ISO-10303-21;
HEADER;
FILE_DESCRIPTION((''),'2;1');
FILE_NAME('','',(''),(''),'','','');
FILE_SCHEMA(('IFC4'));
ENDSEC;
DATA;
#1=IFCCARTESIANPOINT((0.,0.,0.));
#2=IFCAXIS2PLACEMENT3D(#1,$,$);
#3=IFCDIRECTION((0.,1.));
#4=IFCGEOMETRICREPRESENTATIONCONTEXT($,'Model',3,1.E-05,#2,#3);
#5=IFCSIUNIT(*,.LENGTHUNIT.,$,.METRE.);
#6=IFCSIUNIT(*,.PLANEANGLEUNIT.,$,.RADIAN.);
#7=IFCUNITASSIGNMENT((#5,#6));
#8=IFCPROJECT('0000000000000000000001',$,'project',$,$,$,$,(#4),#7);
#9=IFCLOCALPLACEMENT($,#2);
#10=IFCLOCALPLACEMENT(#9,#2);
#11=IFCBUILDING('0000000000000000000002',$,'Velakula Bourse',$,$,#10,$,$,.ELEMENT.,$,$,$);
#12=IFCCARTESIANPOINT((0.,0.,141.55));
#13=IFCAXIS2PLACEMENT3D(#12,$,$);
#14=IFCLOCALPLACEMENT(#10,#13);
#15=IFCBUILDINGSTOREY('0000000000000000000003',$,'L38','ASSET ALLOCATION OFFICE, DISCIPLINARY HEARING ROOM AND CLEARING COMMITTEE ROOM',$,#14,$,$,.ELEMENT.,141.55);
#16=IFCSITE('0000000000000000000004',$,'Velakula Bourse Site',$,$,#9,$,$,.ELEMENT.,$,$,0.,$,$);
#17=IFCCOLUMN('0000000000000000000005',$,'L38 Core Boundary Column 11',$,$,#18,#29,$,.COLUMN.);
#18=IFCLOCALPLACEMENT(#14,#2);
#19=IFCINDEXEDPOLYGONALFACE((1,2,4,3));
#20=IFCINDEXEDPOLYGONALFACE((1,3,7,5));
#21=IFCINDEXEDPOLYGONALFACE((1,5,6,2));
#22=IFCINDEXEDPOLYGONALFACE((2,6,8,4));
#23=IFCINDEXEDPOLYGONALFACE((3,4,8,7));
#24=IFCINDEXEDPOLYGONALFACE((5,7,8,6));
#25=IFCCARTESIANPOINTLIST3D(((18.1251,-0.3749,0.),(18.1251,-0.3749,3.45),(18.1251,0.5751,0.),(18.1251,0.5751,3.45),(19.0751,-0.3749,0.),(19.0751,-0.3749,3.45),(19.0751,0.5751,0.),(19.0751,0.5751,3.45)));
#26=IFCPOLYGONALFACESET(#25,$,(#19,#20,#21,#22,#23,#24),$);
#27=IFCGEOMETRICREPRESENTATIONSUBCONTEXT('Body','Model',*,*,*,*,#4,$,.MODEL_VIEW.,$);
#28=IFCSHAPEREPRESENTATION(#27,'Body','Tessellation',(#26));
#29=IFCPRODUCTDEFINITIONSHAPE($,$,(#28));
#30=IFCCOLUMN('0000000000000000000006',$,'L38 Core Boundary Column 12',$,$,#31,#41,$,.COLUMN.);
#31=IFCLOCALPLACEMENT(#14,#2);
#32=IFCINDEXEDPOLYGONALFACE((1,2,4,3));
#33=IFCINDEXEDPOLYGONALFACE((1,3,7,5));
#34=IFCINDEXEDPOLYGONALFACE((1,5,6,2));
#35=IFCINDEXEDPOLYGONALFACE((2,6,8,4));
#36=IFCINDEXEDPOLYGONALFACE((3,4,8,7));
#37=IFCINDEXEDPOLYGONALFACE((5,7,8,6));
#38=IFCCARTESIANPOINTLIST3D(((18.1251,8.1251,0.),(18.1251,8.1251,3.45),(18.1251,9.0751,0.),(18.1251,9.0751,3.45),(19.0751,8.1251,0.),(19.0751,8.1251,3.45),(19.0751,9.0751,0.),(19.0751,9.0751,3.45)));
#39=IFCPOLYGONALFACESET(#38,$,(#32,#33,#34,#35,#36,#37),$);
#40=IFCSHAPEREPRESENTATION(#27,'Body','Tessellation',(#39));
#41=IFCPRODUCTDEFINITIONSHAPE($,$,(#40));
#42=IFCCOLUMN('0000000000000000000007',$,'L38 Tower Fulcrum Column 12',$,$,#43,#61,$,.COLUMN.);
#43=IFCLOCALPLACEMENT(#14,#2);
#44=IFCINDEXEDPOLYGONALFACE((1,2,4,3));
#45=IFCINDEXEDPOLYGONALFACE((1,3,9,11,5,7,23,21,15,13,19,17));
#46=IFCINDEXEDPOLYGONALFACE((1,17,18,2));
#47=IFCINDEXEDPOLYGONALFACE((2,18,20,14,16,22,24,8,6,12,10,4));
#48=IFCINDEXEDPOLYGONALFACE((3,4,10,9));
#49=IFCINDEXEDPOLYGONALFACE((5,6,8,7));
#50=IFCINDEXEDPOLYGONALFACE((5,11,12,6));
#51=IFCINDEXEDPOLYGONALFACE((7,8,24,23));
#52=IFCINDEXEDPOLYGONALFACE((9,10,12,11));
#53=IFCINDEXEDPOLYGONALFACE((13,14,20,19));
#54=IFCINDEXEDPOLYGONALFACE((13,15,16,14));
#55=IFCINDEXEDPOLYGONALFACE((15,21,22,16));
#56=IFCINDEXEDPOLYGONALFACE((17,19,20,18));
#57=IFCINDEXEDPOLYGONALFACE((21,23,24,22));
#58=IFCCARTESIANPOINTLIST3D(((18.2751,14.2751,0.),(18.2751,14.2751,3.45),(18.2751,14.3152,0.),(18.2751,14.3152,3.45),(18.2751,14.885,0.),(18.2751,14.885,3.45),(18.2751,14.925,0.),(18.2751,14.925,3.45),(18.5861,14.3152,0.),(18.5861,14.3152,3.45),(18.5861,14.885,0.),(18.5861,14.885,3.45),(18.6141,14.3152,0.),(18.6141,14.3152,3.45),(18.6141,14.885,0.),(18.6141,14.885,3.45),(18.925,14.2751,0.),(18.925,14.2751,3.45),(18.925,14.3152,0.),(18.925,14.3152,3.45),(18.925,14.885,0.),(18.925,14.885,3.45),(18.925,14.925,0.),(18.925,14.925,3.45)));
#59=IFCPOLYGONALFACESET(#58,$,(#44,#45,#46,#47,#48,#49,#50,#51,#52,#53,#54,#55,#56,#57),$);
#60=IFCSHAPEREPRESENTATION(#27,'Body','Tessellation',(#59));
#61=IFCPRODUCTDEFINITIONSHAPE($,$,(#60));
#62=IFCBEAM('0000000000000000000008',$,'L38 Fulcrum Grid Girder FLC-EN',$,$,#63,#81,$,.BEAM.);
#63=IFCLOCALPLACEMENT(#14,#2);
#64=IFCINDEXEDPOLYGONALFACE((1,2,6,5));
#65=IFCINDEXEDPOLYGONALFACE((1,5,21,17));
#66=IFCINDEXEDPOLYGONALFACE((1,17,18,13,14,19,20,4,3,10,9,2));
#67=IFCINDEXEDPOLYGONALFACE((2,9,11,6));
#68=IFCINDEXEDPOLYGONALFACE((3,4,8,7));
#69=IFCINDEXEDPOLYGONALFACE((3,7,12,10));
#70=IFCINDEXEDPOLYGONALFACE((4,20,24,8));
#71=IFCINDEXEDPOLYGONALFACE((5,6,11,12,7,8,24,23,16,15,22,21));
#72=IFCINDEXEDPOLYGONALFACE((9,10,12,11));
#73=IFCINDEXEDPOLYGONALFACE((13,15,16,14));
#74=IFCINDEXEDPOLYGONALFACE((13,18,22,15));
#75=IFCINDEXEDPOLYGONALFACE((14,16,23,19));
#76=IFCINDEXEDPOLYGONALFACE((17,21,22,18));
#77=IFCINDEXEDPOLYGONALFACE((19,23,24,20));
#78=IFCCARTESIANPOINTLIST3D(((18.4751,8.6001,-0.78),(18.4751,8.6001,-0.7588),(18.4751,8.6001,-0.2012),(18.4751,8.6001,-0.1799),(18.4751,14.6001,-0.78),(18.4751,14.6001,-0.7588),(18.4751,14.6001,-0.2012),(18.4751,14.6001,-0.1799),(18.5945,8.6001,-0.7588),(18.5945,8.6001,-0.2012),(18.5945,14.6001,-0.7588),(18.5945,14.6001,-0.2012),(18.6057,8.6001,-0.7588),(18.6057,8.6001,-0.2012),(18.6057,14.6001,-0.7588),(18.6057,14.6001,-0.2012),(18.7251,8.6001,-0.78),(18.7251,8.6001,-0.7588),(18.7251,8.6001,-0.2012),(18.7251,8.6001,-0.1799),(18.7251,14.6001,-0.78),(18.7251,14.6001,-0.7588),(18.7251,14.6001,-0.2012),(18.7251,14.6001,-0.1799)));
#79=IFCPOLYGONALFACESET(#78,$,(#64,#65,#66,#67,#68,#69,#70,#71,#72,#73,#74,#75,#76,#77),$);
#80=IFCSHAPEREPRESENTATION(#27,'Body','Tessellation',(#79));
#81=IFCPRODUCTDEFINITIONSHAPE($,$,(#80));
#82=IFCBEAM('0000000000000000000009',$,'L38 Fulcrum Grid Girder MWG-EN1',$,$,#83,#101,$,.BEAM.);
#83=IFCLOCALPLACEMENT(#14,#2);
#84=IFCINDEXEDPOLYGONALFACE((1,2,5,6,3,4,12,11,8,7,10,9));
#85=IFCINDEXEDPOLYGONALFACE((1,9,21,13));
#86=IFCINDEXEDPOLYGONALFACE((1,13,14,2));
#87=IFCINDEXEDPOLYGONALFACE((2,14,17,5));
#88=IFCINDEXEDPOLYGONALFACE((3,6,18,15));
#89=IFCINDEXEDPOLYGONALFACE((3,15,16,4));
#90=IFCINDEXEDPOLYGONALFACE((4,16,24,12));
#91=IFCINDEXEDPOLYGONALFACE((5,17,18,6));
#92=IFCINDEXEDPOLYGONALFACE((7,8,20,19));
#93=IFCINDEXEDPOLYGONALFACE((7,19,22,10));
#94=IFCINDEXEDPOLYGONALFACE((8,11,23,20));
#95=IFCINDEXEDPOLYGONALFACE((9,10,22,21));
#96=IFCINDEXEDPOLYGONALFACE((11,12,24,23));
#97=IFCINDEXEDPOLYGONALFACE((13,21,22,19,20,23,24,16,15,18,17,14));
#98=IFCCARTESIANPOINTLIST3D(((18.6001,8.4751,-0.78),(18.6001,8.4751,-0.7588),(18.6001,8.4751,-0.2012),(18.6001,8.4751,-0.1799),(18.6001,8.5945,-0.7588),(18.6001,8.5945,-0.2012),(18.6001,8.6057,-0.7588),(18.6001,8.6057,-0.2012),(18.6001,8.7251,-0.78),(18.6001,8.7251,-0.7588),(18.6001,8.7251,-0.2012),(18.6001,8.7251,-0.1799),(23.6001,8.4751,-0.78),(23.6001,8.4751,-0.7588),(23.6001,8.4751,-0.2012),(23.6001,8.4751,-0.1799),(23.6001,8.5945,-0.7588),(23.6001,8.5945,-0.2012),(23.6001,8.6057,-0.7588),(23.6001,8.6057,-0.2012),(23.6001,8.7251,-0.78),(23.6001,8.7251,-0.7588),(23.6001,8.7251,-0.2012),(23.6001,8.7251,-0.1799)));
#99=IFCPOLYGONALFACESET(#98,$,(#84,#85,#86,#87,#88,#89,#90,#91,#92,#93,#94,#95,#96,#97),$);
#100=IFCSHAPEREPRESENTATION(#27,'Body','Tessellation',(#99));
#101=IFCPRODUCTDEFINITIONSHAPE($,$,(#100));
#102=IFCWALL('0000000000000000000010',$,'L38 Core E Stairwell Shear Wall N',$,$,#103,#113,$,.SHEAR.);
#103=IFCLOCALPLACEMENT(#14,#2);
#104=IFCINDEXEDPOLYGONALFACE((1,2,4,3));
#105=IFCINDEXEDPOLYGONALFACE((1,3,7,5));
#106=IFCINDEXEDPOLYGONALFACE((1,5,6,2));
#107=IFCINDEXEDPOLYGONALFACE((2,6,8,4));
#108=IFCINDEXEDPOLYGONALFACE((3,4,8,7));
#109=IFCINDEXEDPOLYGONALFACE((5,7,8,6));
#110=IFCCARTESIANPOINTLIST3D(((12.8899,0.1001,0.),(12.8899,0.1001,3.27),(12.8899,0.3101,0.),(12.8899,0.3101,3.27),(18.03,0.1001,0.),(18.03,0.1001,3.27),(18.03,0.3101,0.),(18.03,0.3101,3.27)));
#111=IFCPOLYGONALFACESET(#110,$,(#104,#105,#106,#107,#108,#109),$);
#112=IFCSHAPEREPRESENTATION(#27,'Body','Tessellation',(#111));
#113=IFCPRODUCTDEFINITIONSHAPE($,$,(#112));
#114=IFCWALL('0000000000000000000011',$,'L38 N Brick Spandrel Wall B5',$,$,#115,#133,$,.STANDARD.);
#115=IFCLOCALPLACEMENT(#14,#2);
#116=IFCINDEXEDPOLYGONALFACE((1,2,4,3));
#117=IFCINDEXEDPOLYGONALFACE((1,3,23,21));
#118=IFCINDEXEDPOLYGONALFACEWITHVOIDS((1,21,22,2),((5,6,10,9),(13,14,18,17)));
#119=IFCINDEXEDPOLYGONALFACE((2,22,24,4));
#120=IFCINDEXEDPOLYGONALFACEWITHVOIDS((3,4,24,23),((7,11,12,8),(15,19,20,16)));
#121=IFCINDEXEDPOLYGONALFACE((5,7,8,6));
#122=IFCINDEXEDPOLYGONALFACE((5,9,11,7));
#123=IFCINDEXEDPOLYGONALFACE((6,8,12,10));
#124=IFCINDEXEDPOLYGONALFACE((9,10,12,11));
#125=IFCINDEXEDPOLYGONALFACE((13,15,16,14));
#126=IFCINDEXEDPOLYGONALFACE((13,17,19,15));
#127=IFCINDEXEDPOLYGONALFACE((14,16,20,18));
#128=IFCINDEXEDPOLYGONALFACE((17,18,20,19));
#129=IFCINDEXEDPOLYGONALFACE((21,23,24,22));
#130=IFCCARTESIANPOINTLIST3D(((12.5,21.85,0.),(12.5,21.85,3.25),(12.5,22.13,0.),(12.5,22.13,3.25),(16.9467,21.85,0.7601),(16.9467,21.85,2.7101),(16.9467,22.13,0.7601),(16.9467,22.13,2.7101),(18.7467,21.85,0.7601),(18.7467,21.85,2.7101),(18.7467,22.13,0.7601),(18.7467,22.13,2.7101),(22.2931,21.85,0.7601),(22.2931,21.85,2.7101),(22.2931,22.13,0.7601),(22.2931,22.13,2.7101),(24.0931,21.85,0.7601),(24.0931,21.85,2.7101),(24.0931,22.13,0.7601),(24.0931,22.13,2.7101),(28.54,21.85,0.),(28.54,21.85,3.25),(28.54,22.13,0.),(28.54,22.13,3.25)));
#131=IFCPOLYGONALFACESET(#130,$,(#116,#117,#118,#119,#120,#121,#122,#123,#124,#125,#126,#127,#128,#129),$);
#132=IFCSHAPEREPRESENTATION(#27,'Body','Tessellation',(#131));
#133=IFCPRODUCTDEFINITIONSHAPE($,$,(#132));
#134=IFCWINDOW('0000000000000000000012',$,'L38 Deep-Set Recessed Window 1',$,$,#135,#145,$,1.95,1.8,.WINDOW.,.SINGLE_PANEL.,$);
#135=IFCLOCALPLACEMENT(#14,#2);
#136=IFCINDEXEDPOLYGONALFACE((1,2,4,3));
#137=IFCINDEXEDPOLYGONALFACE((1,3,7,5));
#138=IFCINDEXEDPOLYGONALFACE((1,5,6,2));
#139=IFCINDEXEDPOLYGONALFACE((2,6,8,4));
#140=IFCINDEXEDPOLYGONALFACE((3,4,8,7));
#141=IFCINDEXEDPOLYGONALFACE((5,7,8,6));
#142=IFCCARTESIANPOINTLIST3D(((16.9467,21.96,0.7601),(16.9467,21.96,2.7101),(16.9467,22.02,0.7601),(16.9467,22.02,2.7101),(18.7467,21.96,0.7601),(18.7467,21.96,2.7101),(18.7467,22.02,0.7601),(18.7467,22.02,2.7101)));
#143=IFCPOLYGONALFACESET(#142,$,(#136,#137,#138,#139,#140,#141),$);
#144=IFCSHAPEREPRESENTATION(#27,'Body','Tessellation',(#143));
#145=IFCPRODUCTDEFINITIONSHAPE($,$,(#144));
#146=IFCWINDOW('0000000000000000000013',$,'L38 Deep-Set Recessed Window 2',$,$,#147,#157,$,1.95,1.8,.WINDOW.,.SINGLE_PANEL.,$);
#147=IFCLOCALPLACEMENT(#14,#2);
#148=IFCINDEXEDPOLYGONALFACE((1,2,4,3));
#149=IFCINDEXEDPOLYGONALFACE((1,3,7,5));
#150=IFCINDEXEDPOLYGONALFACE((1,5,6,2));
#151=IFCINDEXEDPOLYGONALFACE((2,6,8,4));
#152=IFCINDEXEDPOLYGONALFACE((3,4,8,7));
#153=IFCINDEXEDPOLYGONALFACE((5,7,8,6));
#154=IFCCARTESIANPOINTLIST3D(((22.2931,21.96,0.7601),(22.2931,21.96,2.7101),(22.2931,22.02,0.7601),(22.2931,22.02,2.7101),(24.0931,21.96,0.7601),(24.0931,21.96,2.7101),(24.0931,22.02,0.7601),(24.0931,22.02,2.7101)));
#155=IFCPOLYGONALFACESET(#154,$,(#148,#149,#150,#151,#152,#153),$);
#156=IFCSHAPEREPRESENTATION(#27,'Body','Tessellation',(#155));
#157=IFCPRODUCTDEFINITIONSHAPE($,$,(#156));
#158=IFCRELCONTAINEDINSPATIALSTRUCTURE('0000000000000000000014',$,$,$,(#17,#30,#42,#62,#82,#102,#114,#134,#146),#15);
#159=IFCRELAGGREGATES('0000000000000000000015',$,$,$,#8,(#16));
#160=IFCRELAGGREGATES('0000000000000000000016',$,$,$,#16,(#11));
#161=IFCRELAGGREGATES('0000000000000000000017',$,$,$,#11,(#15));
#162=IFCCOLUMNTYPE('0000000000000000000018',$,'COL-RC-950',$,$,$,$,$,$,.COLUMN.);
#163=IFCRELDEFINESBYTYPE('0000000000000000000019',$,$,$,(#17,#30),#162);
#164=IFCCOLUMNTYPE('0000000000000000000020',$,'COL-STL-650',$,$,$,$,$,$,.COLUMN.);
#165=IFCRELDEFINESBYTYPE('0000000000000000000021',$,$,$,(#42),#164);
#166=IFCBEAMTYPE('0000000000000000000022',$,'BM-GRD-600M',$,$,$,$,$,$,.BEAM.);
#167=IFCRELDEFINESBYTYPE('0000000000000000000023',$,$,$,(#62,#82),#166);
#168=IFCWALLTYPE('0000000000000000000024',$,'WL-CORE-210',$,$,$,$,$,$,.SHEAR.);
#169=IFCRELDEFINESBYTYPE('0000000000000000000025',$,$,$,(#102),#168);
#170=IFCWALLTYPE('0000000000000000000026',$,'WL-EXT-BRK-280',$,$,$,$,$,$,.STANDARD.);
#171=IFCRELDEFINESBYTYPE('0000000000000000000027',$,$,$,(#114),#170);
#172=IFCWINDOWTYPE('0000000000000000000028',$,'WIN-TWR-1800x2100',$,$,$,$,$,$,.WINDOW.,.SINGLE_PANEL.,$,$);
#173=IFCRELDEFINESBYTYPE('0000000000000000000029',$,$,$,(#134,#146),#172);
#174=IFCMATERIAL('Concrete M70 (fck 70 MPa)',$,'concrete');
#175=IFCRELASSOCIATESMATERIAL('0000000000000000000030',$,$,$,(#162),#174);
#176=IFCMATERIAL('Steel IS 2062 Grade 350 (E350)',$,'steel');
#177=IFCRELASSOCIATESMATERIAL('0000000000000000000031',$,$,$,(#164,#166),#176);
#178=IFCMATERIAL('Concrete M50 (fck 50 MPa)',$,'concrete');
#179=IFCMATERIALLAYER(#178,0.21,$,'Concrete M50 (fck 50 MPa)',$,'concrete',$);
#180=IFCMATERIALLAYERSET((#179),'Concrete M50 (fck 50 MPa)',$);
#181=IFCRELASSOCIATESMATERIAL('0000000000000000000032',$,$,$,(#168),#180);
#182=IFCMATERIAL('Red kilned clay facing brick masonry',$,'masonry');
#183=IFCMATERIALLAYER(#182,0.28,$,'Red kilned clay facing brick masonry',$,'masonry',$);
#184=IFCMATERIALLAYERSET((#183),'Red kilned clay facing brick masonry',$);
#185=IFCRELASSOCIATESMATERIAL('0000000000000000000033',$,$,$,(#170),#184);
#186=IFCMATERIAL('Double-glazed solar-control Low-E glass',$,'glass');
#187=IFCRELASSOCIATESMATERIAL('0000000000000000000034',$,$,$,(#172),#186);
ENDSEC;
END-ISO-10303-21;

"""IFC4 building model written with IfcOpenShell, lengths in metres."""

from ifc_helpers import new_model, si_unit, direction, frame, frame_2d, origin, origin_2d, place, context, subcontext, project, spatial, rectangle, i_section, extrude, material, layer, layer_set, material_profile, profile_set, type_object, element, fill, save


model = new_model("IFC4")

# Units and contexts
model_context = context("Model", 3, precision=1e-05, world=origin(), true_north=direction((0.0, 1.0)))
body_context = subcontext(model_context, "Body", "Model", "MODEL_VIEW")
ifc_project = project(units=[si_unit("LENGTHUNIT", "METRE"), si_unit("PLANEANGLEUNIT", "RADIAN")], contexts=[model_context])

# Site, building, storey
site_placement = place(None, origin())
site = spatial("IfcSite", under=ifc_project, at=site_placement, Name="Velakula Bourse Site", CompositionType="ELEMENT", RefElevation=0.0)
building_placement = place(site_placement, origin())
building = spatial("IfcBuilding", under=site, at=building_placement, Name="Velakula Bourse", CompositionType="ELEMENT")
storey_placement = place(building_placement, frame((0.0, 0.0, 141.55)))
storey = spatial("IfcBuildingStorey", under=building, at=storey_placement, Name="L38", Description="ASSET ALLOCATION OFFICE, DISCIPLINARY HEARING ROOM AND CLEARING COMMITTEE ROOM", CompositionType="ELEMENT", Elevation=141.55)

# Columns
ifc_material_1 = material(Name="Concrete M70 (fck 70 MPa)", Category="concrete")
ifc_material_profile_1 = material_profile(ifc_material_1, rectangle(XDim=0.95, YDim=0.95, at=origin_2d()), Name="Concrete M70 (fck 70 MPa)")
ifc_profile_set_1 = profile_set([ifc_material_profile_1], Name="Concrete M70 (fck 70 MPa)")
column_type_1 = type_object("IfcColumnType", Name="COL-RC-950", PredefinedType="COLUMN", material=ifc_profile_set_1)
for number, where, z_axis, x_axis, name in (
    (1, (18.6001, 0.1001, 0.0), (0.0, 0.0, 1.0), (1.0, 0.0, 0.0), "L38 Core Boundary Column 11"),
    (2, (18.6001, 8.6001, 0.0), (0.0, 0.0, 1.0), (1.0, 0.0, 0.0), "L38 Core Boundary Column 12"),
):
    element("IfcColumn", number, at=place(storey_placement, frame(where, z_axis=z_axis, x_axis=x_axis)), inside=storey, type_object=column_type_1, Name=name, PredefinedType="COLUMN", context=body_context, shape_type="SweptSolid", body=[
        extrude(rectangle(XDim=0.95, YDim=0.95, at=origin_2d()), origin(), (0.0, 0.0, 1.0), 3.45),
    ])
ifc_material_2 = material(Name="Steel IS 2062 Grade 350 (E350)", Category="steel")
ifc_material_profile_2 = material_profile(ifc_material_2, i_section(OverallWidth=0.6499, OverallDepth=0.6499, WebThickness=0.0281, FlangeThickness=0.04, at=origin_2d()), Name="Steel IS 2062 Grade 350 (E350)")
ifc_profile_set_2 = profile_set([ifc_material_profile_2], Name="Steel IS 2062 Grade 350 (E350)")
column_type_2 = type_object("IfcColumnType", Name="COL-STL-650", PredefinedType="COLUMN", material=ifc_profile_set_2)
column_placement = place(storey_placement, frame((18.6001, 14.6001, 0.0), z_axis=(0.0, 0.0, 1.0), x_axis=(1.0, 0.0, 0.0)))
element("IfcColumn", 3, at=column_placement, inside=storey, type_object=column_type_2, Name="L38 Tower Fulcrum Column 12", PredefinedType="COLUMN", context=body_context, shape_type="SweptSolid", body=[
    extrude(i_section(OverallWidth=0.6499, OverallDepth=0.6499, WebThickness=0.0281, FlangeThickness=0.04, at=origin_2d()), origin(), (0.0, 0.0, 1.0), 3.45),
])

# Beams
ifc_material_profile_3 = material_profile(ifc_material_2, i_section(OverallWidth=0.25, OverallDepth=0.6001, WebThickness=0.0112, FlangeThickness=0.0212, at=origin_2d()), Name="Steel IS 2062 Grade 350 (E350)")
ifc_profile_set_3 = profile_set([ifc_material_profile_3], Name="Steel IS 2062 Grade 350 (E350)")
beam_type = type_object("IfcBeamType", Name="BM-GRD-600M", PredefinedType="BEAM", material=ifc_profile_set_3)
beam_1_placement = place(storey_placement, frame((18.6001, 8.6001, -0.48), z_axis=(0.0, 1.0, 0.0), x_axis=(-1.0, 0.0, 0.0)))
element("IfcBeam", 4, at=beam_1_placement, inside=storey, type_object=beam_type, Name="L38 Fulcrum Grid Girder FLC-EN", PredefinedType="BEAM", context=body_context, shape_type="SweptSolid", body=[
    extrude(i_section(OverallWidth=0.25, OverallDepth=0.6001, WebThickness=0.0112, FlangeThickness=0.0212, at=origin_2d()), origin(), (0.0, 0.0, 1.0), 6.0),
])
beam_2_placement = place(storey_placement, frame((18.6001, 8.6001, -0.48), z_axis=(1.0, 0.0, 0.0), x_axis=(0.0, 1.0, 0.0)))
element("IfcBeam", 5, at=beam_2_placement, inside=storey, type_object=beam_type, Name="L38 Fulcrum Grid Girder MWG-EN1", PredefinedType="BEAM", context=body_context, shape_type="SweptSolid", body=[
    extrude(i_section(OverallWidth=0.25, OverallDepth=0.6001, WebThickness=0.0112, FlangeThickness=0.0212, at=origin_2d()), origin(), (0.0, 0.0, 1.0), 5.0),
])

# Wall
ifc_material_3 = material(Name="Concrete M50 (fck 50 MPa)", Category="concrete")
ifc_layer_1 = layer(ifc_material_3, 0.21, Name="Concrete M50 (fck 50 MPa)", Category="concrete")
ifc_layer_set_1 = layer_set([ifc_layer_1], Name="Concrete M50 (fck 50 MPa)")
wall_type_1 = type_object("IfcWallType", Name="WL-CORE-210", PredefinedType="SHEAR", material=ifc_layer_set_1)
wall_1_placement = place(storey_placement, frame((18.03, 0.2051, 0.0), z_axis=(0.0, 0.0, 1.0), x_axis=(-1.0, 0.0, 0.0)))
element("IfcWall", 6, at=wall_1_placement, inside=storey, type_object=wall_type_1, Name="L38 Core E Stairwell Shear Wall N", PredefinedType="SHEAR", context=body_context, shape_type="SweptSolid", body=[
    extrude(rectangle(XDim=5.1401, YDim=0.21, at=frame_2d((2.5701, 0.0))), origin(), (0.0, 0.0, 1.0), 3.27),
])

# Wall, openings, windows
ifc_material_4 = material(Name="Red kilned clay facing brick masonry", Category="masonry")
ifc_layer_2 = layer(ifc_material_4, 0.28, Name="Red kilned clay facing brick masonry", Category="masonry")
ifc_layer_set_2 = layer_set([ifc_layer_2], Name="Red kilned clay facing brick masonry")
wall_type_2 = type_object("IfcWallType", Name="WL-EXT-BRK-280", PredefinedType="STANDARD", material=ifc_layer_set_2)
wall_2_placement = place(storey_placement, frame((12.5, 21.99, 0.0), z_axis=(0.0, 0.0, 1.0), x_axis=(1.0, 0.0, 0.0)))
wall_2 = element("IfcWall", 7, at=wall_2_placement, inside=storey, type_object=wall_type_2, Name="L38 N Brick Spandrel Wall B5", PredefinedType="STANDARD", context=body_context, shape_type="SweptSolid", body=[
    extrude(rectangle(XDim=16.04, YDim=0.28, at=frame_2d((8.02, 0.0))), origin(), (0.0, 0.0, 1.0), 3.25),
])
opening_1_placement = place(wall_2_placement, frame((4.4468, 0.0, 0.76)))
opening_1 = element("IfcOpeningElement", 8, at=opening_1_placement, cuts=wall_2, PredefinedType="OPENING", context=body_context, shape_type="SweptSolid", body=[
    extrude(rectangle(XDim=1.8, YDim=1.95, at=frame_2d((0.8999, 0.9751))), frame((0.0, 0.1499, 0.0), z_axis=(0.0, -1.0, 0.0), x_axis=(1.0, 0.0, 0.0)), (0.0, 0.0, 1.0), 0.3),
])
opening_2_placement = place(wall_2_placement, frame((9.7932, 0.0, 0.76)))
opening_2 = element("IfcOpeningElement", 9, at=opening_2_placement, cuts=wall_2, PredefinedType="OPENING", context=body_context, shape_type="SweptSolid", body=[
    extrude(rectangle(XDim=1.8, YDim=1.95, at=frame_2d((0.8999, 0.9751))), frame((0.0, 0.1499, 0.0), z_axis=(0.0, -1.0, 0.0), x_axis=(1.0, 0.0, 0.0)), (0.0, 0.0, 1.0), 0.3),
])
ifc_material_5 = material(Name="Double-glazed solar-control Low-E glass", Category="glass")
window_type = type_object("IfcWindowType", Name="WIN-TWR-1800x2100", PartitioningType="SINGLE_PANEL", PredefinedType="WINDOW", material=ifc_material_5)
window_1_placement = place(opening_1_placement, origin())
window_1 = element("IfcWindow", 10, at=window_1_placement, inside=storey, type_object=window_type, Name="L38 Deep-Set Recessed Window 1", OverallHeight=1.95, OverallWidth=1.8, PartitioningType="SINGLE_PANEL", PredefinedType="WINDOW", context=body_context, shape_type="SweptSolid", body=[
    extrude(rectangle(XDim=1.8, YDim=1.95, at=frame_2d((0.8999, 0.9751))), frame((0.0, 0.03, 0.0), z_axis=(0.0, -1.0, 0.0), x_axis=(1.0, 0.0, 0.0)), (0.0, 0.0, 1.0), 0.0601),
])
fill(opening_1, window_1)
window_2_placement = place(opening_2_placement, origin())
window_2 = element("IfcWindow", 11, at=window_2_placement, inside=storey, type_object=window_type, Name="L38 Deep-Set Recessed Window 2", OverallHeight=1.95, OverallWidth=1.8, PartitioningType="SINGLE_PANEL", PredefinedType="WINDOW", context=body_context, shape_type="SweptSolid", body=[
    extrude(rectangle(XDim=1.8, YDim=1.95, at=frame_2d((0.8999, 0.9751))), frame((0.0, 0.03, 0.0), z_axis=(0.0, -1.0, 0.0), x_axis=(1.0, 0.0, 0.0)), (0.0, 0.0, 1.0), 0.0601),
])
fill(opening_2, window_2)

save(model, "model.ifc")
